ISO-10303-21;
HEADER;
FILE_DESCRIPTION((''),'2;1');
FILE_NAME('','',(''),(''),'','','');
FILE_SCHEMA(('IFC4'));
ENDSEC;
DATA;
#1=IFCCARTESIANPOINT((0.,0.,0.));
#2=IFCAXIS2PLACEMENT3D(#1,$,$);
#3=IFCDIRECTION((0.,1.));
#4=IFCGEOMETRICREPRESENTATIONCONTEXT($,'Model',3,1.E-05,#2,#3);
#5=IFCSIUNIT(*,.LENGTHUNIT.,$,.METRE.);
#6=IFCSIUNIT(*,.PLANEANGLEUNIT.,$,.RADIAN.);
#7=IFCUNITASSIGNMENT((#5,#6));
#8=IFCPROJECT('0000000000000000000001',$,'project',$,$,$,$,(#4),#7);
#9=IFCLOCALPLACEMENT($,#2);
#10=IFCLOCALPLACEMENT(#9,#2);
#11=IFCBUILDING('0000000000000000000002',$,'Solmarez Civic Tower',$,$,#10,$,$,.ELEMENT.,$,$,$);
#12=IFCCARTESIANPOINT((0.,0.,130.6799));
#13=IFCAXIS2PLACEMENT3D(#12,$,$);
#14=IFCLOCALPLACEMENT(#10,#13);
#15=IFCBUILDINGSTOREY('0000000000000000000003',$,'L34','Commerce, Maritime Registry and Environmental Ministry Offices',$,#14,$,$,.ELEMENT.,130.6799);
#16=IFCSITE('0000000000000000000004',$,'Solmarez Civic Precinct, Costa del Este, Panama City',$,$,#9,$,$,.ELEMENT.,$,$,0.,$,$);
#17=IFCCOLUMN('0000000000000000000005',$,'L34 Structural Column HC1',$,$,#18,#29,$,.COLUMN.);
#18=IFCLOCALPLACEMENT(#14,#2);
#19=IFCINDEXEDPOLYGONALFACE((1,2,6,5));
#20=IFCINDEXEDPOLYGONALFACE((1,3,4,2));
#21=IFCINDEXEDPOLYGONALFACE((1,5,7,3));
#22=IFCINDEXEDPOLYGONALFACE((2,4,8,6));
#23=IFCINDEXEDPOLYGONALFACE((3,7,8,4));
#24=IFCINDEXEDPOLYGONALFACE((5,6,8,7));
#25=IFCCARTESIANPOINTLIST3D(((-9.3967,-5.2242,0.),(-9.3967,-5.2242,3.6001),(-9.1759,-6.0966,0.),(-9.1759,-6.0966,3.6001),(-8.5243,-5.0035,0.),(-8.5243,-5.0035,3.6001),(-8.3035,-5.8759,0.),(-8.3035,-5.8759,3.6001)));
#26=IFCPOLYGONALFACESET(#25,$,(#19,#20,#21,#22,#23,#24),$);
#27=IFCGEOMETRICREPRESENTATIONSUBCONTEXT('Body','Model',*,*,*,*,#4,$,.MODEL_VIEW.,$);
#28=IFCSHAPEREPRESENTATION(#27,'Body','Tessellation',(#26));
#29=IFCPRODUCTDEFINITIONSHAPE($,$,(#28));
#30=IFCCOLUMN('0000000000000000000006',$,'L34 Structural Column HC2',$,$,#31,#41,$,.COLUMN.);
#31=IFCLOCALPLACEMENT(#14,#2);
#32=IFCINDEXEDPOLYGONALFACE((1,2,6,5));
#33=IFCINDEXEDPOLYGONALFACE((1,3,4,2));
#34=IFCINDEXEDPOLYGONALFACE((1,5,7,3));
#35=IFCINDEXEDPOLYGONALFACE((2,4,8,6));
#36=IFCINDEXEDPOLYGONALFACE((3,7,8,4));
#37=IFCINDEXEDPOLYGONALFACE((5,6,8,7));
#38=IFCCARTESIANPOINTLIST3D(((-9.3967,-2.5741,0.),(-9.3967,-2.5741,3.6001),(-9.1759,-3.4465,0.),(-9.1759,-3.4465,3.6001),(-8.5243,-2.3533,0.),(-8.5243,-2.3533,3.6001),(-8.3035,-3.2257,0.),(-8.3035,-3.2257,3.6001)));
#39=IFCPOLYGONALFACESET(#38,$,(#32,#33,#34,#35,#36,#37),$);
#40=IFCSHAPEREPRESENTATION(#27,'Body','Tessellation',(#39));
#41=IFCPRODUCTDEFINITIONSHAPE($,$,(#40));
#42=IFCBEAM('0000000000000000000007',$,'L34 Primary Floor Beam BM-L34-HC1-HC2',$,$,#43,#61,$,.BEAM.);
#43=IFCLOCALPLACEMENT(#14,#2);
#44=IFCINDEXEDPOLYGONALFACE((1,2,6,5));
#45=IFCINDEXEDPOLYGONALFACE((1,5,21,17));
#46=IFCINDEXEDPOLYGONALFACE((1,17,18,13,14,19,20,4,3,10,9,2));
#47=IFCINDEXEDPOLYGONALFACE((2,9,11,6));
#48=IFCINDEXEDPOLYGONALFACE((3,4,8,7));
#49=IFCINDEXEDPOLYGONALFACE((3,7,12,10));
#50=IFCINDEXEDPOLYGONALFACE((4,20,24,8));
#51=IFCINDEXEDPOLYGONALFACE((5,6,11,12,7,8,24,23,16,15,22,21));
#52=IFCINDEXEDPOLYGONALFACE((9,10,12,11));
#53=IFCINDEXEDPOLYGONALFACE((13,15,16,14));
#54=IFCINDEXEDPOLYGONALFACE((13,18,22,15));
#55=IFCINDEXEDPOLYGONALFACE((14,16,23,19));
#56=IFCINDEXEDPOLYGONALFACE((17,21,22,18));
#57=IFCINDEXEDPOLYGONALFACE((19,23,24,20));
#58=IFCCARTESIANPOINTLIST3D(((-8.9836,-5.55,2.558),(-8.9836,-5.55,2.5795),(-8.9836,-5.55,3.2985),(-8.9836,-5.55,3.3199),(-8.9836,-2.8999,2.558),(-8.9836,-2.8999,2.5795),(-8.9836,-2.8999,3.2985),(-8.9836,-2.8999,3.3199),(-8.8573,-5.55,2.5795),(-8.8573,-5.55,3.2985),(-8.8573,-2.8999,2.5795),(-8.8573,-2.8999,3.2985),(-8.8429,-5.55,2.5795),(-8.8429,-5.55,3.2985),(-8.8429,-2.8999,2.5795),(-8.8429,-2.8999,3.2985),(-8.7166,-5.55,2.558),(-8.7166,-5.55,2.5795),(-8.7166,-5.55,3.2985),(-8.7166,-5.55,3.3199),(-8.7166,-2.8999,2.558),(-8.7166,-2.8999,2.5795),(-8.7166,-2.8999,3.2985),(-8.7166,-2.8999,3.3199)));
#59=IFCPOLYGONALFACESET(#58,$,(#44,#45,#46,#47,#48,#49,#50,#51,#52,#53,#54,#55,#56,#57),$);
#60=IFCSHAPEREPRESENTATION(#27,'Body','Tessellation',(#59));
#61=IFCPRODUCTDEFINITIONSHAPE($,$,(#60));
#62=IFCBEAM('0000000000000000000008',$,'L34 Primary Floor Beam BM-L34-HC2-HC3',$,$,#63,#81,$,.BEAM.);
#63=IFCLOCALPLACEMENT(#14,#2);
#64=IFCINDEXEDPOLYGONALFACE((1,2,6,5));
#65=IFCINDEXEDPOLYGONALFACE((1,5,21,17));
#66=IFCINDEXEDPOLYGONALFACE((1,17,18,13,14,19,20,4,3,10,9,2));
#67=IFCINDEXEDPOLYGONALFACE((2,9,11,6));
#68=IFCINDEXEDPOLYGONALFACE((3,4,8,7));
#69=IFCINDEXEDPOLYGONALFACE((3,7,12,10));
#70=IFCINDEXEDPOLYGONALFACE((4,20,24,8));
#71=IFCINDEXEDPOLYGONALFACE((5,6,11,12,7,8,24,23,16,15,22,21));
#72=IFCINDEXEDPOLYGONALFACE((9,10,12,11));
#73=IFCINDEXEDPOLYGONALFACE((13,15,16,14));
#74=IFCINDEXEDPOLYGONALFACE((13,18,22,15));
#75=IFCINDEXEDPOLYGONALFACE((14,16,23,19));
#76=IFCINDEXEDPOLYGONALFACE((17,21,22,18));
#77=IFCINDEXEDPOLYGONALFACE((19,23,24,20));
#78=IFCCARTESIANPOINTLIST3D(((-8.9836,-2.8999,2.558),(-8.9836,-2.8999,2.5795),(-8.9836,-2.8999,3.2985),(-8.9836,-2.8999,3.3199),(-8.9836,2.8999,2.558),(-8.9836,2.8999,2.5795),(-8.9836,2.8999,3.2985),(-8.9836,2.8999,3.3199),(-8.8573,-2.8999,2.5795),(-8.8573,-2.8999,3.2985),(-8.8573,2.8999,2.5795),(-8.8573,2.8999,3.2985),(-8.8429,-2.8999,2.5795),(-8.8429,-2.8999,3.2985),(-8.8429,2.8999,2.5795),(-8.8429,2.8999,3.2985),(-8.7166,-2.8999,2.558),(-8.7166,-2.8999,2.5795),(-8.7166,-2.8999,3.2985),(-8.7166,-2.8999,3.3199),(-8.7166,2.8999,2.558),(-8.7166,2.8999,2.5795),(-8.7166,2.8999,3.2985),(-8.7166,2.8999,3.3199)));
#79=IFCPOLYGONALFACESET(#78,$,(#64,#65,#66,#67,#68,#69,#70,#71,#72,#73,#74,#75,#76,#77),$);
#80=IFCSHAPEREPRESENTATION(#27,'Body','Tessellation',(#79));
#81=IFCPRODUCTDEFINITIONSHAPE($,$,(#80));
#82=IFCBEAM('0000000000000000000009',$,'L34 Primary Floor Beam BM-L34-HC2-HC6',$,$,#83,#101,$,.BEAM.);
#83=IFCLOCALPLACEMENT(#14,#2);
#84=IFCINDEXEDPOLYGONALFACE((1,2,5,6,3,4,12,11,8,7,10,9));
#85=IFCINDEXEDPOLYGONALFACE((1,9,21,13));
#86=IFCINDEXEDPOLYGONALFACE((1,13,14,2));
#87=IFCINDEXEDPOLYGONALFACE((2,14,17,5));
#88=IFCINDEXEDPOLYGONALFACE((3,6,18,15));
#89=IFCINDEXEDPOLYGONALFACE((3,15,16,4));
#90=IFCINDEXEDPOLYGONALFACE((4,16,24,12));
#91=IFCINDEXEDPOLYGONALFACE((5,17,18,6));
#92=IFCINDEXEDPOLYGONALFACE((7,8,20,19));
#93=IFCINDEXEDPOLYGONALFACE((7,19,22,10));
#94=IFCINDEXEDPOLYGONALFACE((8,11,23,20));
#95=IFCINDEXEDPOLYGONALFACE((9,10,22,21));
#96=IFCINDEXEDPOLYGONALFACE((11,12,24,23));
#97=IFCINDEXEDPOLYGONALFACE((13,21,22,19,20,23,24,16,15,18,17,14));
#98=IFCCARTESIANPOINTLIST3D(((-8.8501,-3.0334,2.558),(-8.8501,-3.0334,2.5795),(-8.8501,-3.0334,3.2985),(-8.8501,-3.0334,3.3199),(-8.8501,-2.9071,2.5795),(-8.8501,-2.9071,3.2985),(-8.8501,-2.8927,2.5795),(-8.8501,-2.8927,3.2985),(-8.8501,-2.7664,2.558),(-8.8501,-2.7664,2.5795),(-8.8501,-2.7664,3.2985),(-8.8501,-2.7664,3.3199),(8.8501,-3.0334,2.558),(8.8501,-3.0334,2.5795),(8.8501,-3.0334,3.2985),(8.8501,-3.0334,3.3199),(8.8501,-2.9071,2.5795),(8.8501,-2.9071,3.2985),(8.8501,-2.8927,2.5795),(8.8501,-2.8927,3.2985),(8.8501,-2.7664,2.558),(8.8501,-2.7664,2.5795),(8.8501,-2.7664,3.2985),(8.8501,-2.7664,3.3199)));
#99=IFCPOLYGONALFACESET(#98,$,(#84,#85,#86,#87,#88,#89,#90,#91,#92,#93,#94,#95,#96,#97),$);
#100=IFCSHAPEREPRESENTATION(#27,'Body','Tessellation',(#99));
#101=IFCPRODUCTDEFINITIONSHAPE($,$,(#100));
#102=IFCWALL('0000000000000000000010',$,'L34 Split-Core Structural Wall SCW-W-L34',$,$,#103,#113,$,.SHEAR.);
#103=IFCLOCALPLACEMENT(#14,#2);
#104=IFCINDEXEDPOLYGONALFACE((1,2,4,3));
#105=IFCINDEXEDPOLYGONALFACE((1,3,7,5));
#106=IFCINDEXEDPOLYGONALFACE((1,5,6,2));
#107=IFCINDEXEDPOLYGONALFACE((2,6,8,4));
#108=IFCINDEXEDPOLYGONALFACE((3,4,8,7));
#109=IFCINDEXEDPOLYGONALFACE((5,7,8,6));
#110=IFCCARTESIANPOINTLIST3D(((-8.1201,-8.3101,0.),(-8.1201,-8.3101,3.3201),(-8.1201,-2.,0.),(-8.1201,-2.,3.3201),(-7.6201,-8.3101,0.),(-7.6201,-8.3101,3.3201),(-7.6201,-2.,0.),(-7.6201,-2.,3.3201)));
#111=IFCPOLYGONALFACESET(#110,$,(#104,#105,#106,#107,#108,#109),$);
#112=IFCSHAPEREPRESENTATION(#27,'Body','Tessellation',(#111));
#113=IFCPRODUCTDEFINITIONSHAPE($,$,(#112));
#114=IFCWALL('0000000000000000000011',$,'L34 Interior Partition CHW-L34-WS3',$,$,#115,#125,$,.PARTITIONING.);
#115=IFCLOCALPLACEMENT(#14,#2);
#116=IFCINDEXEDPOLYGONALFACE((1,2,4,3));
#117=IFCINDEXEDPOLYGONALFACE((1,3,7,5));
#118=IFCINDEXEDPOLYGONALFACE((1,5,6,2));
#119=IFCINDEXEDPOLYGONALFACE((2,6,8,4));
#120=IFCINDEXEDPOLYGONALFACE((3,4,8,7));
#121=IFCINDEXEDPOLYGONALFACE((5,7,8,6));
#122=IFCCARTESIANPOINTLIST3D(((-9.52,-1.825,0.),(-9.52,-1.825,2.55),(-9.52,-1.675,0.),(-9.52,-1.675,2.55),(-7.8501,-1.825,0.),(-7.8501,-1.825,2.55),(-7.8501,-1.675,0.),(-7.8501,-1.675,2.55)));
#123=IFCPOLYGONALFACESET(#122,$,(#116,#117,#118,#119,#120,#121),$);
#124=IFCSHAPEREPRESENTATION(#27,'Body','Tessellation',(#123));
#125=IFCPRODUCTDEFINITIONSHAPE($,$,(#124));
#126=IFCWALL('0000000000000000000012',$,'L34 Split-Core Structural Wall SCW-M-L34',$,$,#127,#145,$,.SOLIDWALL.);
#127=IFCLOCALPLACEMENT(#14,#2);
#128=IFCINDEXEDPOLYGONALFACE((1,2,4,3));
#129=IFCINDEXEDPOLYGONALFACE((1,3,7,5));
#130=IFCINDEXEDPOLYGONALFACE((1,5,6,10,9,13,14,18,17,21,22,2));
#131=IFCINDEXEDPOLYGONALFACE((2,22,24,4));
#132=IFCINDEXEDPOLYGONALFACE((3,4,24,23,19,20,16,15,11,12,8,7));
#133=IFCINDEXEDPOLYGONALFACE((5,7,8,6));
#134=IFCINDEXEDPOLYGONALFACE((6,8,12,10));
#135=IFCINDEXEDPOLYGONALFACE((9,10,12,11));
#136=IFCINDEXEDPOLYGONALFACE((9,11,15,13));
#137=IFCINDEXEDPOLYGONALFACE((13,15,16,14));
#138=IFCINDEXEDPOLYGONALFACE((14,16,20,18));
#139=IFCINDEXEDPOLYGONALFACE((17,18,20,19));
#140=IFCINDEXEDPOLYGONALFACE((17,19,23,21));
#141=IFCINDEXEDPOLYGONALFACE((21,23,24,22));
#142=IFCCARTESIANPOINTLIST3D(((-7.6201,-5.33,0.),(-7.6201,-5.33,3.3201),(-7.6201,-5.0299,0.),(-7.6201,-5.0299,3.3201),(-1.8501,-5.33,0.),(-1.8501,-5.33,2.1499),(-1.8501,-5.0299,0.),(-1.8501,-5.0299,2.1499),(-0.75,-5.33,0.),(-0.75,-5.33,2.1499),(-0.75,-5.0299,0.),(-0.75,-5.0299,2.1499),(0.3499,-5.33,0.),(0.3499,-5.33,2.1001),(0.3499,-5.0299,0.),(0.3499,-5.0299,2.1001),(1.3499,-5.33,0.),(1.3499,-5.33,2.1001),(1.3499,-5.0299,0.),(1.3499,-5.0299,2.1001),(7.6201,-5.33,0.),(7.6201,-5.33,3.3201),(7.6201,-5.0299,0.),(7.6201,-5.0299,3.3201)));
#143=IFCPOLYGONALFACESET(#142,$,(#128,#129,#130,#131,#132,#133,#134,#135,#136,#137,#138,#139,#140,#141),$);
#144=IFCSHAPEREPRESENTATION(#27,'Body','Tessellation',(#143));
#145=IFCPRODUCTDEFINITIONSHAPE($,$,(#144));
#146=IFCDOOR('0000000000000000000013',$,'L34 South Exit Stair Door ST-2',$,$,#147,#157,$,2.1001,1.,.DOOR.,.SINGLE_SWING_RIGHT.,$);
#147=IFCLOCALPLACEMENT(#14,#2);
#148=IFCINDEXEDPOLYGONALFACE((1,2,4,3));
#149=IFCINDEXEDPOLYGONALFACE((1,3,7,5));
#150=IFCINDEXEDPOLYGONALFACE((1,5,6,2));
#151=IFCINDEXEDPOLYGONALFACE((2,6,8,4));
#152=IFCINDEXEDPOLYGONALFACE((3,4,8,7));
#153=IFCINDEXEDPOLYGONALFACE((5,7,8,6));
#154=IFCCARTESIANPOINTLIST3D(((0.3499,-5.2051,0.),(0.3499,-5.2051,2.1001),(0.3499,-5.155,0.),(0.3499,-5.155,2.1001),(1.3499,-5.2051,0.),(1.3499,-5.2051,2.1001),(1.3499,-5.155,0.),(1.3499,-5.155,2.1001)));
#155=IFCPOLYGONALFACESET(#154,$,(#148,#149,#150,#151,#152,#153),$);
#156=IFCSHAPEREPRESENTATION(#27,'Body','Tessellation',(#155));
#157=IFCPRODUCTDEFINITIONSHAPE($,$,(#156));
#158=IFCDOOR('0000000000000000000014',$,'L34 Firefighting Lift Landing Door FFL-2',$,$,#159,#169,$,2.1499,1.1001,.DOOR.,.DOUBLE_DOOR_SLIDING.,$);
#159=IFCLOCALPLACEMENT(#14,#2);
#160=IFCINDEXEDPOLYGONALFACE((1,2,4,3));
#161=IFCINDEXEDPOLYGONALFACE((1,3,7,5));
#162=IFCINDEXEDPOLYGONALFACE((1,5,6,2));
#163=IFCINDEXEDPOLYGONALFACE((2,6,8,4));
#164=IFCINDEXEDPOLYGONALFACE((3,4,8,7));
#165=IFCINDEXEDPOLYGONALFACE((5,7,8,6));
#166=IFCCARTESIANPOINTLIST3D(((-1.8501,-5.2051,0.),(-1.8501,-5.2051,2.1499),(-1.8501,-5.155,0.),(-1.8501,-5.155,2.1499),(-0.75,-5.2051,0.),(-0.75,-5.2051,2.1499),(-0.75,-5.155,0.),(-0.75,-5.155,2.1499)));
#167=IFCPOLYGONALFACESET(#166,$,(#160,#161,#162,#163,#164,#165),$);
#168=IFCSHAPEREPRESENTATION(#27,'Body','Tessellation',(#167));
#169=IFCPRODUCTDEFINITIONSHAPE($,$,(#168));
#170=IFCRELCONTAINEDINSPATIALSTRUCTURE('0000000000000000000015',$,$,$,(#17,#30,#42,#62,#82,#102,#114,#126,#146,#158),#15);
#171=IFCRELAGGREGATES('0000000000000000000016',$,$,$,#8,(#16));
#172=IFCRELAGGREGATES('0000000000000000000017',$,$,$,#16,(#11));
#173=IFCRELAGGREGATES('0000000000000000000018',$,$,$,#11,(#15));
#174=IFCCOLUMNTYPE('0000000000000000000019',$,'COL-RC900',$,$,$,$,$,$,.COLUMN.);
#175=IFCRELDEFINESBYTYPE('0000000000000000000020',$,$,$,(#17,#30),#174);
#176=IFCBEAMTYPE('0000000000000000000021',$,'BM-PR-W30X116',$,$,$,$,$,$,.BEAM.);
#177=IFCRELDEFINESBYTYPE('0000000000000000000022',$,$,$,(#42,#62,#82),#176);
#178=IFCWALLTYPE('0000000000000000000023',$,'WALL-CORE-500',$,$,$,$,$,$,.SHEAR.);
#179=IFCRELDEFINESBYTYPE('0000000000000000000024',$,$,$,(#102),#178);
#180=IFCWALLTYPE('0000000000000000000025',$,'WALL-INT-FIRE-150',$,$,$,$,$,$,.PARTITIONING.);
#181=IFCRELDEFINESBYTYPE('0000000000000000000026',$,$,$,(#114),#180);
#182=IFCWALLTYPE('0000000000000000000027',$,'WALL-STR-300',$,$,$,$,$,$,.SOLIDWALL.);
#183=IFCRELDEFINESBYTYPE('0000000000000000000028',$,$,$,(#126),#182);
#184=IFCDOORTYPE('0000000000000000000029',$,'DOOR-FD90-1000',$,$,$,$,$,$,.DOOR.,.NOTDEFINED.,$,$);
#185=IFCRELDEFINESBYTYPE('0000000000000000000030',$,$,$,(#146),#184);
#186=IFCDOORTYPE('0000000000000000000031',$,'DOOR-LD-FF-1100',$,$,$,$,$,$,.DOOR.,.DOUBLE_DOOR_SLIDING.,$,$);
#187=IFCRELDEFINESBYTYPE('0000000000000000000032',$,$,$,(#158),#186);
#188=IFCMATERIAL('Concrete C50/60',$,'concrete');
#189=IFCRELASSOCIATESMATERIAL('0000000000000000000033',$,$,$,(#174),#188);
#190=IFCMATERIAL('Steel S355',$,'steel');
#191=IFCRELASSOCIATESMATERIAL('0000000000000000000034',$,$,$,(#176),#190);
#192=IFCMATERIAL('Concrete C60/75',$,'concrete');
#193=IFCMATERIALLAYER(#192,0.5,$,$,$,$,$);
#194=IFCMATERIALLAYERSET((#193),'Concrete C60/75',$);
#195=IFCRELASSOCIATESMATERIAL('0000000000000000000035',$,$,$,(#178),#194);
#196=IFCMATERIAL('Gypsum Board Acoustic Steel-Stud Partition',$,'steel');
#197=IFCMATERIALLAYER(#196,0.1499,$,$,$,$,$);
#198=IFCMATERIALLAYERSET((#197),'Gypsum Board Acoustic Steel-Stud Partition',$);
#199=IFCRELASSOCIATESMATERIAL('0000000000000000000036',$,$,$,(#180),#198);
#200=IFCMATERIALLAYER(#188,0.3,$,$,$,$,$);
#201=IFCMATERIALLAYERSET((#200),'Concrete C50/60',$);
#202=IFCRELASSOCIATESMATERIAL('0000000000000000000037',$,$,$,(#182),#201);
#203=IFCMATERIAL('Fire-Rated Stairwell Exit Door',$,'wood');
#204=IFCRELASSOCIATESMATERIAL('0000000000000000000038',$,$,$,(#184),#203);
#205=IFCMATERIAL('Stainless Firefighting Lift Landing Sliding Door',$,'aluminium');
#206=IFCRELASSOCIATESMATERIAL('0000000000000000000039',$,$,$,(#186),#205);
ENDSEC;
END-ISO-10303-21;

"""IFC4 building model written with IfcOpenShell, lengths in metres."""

from ifc_helpers import new_model, si_unit, direction, frame, frame_2d, origin, origin_2d, place, context, subcontext, project, spatial, rectangle, i_section, extrude, material, layer, layer_set, material_profile, profile_set, type_object, element, fill, save


model = new_model("IFC4")

# Units and contexts
model_context = context("Model", 3, precision=1e-05, world=origin(), true_north=direction((0.0, 1.0)))
body_context = subcontext(model_context, "Body", "Model", "MODEL_VIEW")
ifc_project = project(units=[si_unit("LENGTHUNIT", "METRE"), si_unit("PLANEANGLEUNIT", "RADIAN")], contexts=[model_context])

# Site, building, storey
site_placement = place(None, origin())
site = spatial("IfcSite", under=ifc_project, at=site_placement, Name="Solmarez Civic Precinct, Costa del Este, Panama City", CompositionType="ELEMENT", RefElevation=0.0)
building_placement = place(site_placement, origin())
building = spatial("IfcBuilding", under=site, at=building_placement, Name="Solmarez Civic Tower", CompositionType="ELEMENT")
storey_placement = place(building_placement, frame((0.0, 0.0, 130.6799)))
storey = spatial("IfcBuildingStorey", under=building, at=storey_placement, Name="L34", Description="Commerce, Maritime Registry and Environmental Ministry Offices", CompositionType="ELEMENT", Elevation=130.6799)

# Columns
ifc_material_1 = material(Name="Concrete C50/60", Category="concrete")
ifc_material_profile_1 = material_profile(ifc_material_1, rectangle(XDim=0.8999, YDim=0.8999, at=origin_2d()), Name="RC900X900")
ifc_profile_set_1 = profile_set([ifc_material_profile_1], Name="Concrete C50/60")
column_type = type_object("IfcColumnType", Name="COL-RC900", PredefinedType="COLUMN", material=ifc_profile_set_1)
for number, where, z_axis, x_axis, name in (
    (1, (-8.8501, -5.55, 0.0), (0.0, 0.0, 1.0), (0.969445, 0.245307, 0.0), "L34 Structural Column HC1"),
    (2, (-8.8501, -2.8999, 0.0), (0.0, 0.0, 1.0), (0.969445, 0.245307, 0.0), "L34 Structural Column HC2"),
):
    element("IfcColumn", number, at=place(storey_placement, frame(where, z_axis=z_axis, x_axis=x_axis)), inside=storey, type_object=column_type, Name=name, PredefinedType="COLUMN", context=body_context, shape_type="SweptSolid", body=[
        extrude(rectangle(XDim=0.8999, YDim=0.8999, at=origin_2d()), origin(), (0.0, 0.0, 1.0), 3.6001),
    ])

# Beams
ifc_material_2 = material(Name="Steel S355", Category="steel")
ifc_material_profile_2 = material_profile(ifc_material_2, i_section(OverallWidth=0.2671, OverallDepth=0.762, WebThickness=0.0144, FlangeThickness=0.0215, at=origin_2d()), Name="W30X116")
ifc_profile_set_2 = profile_set([ifc_material_profile_2], Name="Steel S355")
beam_type = type_object("IfcBeamType", Name="BM-PR-W30X116", PredefinedType="BEAM", material=ifc_profile_set_2)
beam_1_placement = place(storey_placement, frame((-8.8501, -5.55, 2.939), z_axis=(0.0, 1.0, 0.0), x_axis=(-1.0, 0.0, 0.0)))
element("IfcBeam", 3, at=beam_1_placement, inside=storey, type_object=beam_type, Name="L34 Primary Floor Beam BM-L34-HC1-HC2", PredefinedType="BEAM", context=body_context, shape_type="SweptSolid", body=[
    extrude(i_section(OverallWidth=0.2671, OverallDepth=0.762, WebThickness=0.0144, FlangeThickness=0.0215, at=origin_2d()), origin(), (0.0, 0.0, 1.0), 2.6501),
])
beam_2_placement = place(storey_placement, frame((-8.8501, -2.8999, 2.939), z_axis=(0.0, 1.0, 0.0), x_axis=(-1.0, 0.0, 0.0)))
element("IfcBeam", 4, at=beam_2_placement, inside=storey, type_object=beam_type, Name="L34 Primary Floor Beam BM-L34-HC2-HC3", PredefinedType="BEAM", context=body_context, shape_type="SweptSolid", body=[
    extrude(i_section(OverallWidth=0.2671, OverallDepth=0.762, WebThickness=0.0144, FlangeThickness=0.0215, at=origin_2d()), origin(), (0.0, 0.0, 1.0), 5.7998),
])
beam_3_placement = place(storey_placement, frame((-8.8501, -2.8999, 2.939), z_axis=(1.0, 0.0, 0.0), x_axis=(0.0, 1.0, 0.0)))
element("IfcBeam", 5, at=beam_3_placement, inside=storey, type_object=beam_type, Name="L34 Primary Floor Beam BM-L34-HC2-HC6", PredefinedType="BEAM", context=body_context, shape_type="SweptSolid", body=[
    extrude(i_section(OverallWidth=0.2671, OverallDepth=0.762, WebThickness=0.0144, FlangeThickness=0.0215, at=origin_2d()), origin(), (0.0, 0.0, 1.0), 17.7002),
])

# Shared definitions
ifc_material_3 = material(Name="Concrete C60/75", Category="concrete")
ifc_layer_1 = layer(ifc_material_3, 0.5)
ifc_layer_set_1 = layer_set([ifc_layer_1], Name="Concrete C60/75")
wall_type_1 = type_object("IfcWallType", Name="WALL-CORE-500", PredefinedType="SHEAR", material=ifc_layer_set_1)

# Walls
wall_1_placement = place(storey_placement, frame((-7.8701, -8.3101, 0.0), z_axis=(0.0, 0.0, 1.0), x_axis=(0.0, 1.0, 0.0)))
element("IfcWall", 6, at=wall_1_placement, inside=storey, type_object=wall_type_1, Name="L34 Split-Core Structural Wall SCW-W-L34", PredefinedType="SHEAR", context=body_context, shape_type="SweptSolid", body=[
    extrude(rectangle(XDim=6.3101, YDim=0.5, at=frame_2d((3.155, 0.0))), origin(), (0.0, 0.0, 1.0), 3.3201),
])
ifc_material_4 = material(Name="Gypsum Board Acoustic Steel-Stud Partition", Category="steel")
ifc_layer_2 = layer(ifc_material_4, 0.1499)
ifc_layer_set_2 = layer_set([ifc_layer_2], Name="Gypsum Board Acoustic Steel-Stud Partition")
wall_type_2 = type_object("IfcWallType", Name="WALL-INT-FIRE-150", PredefinedType="PARTITIONING", material=ifc_layer_set_2)
wall_2_placement = place(storey_placement, frame((-7.8501, -1.75, 0.0), z_axis=(0.0, 0.0, 1.0), x_axis=(-1.0, 0.0, 0.0)))
element("IfcWall", 7, at=wall_2_placement, inside=storey, type_object=wall_type_2, Name="L34 Interior Partition CHW-L34-WS3", PredefinedType="PARTITIONING", context=body_context, shape_type="SweptSolid", body=[
    extrude(rectangle(XDim=1.6699, YDim=0.1499, at=frame_2d((0.835, 0.0))), origin(), (0.0, 0.0, 1.0), 2.55),
])

# Wall, openings, doors
ifc_layer_3 = layer(ifc_material_1, 0.3)
ifc_layer_set_3 = layer_set([ifc_layer_3], Name="Concrete C50/60")
wall_type_3 = type_object("IfcWallType", Name="WALL-STR-300", PredefinedType="SOLIDWALL", material=ifc_layer_set_3)
wall_3_placement = place(storey_placement, frame((-7.6201, -5.1799, 0.0), z_axis=(0.0, 0.0, 1.0), x_axis=(1.0, 0.0, 0.0)))
wall_3 = element("IfcWall", 8, at=wall_3_placement, inside=storey, type_object=wall_type_3, Name="L34 Split-Core Structural Wall SCW-M-L34", PredefinedType="SOLIDWALL", context=body_context, shape_type="SweptSolid", body=[
    extrude(rectangle(XDim=15.2402, YDim=0.3, at=frame_2d((7.6201, 0.0))), origin(), (0.0, 0.0, 1.0), 3.3201),
])
opening_1_placement = place(wall_3_placement, frame((5.77, 0.0, 0.0)))
opening_1 = element("IfcOpeningElement", 9, at=opening_1_placement, cuts=wall_3, PredefinedType="OPENING", context=body_context, shape_type="SweptSolid", body=[
    extrude(rectangle(XDim=1.1001, YDim=2.1499, at=frame_2d((0.55, 1.075))), frame((0.0, 0.1599, 0.0), z_axis=(0.0, -1.0, 0.0), x_axis=(1.0, 0.0, 0.0)), (0.0, 0.0, 1.0), 0.3201),
])
opening_2_placement = place(wall_3_placement, frame((7.97, 0.0, 0.0)))
opening_2 = element("IfcOpeningElement", 10, at=opening_2_placement, cuts=wall_3, PredefinedType="OPENING", context=body_context, shape_type="SweptSolid", body=[
    extrude(rectangle(XDim=1.0, YDim=2.1001, at=frame_2d((0.5, 1.05))), frame((0.0, 0.1599, 0.0), z_axis=(0.0, -1.0, 0.0), x_axis=(1.0, 0.0, 0.0)), (0.0, 0.0, 1.0), 0.3201),
])
ifc_material_5 = material(Name="Fire-Rated Stairwell Exit Door", Category="wood")
door_type_1 = type_object("IfcDoorType", Name="DOOR-FD90-1000", OperationType="NOTDEFINED", PredefinedType="DOOR", material=ifc_material_5)
door_1_placement = place(opening_2_placement, origin())
door_1 = element("IfcDoor", 11, at=door_1_placement, inside=storey, type_object=door_type_1, Name="L34 South Exit Stair Door ST-2", OperationType="SINGLE_SWING_RIGHT", OverallHeight=2.1001, OverallWidth=1.0, PredefinedType="DOOR", context=body_context, shape_type="SweptSolid", body=[
    extrude(rectangle(XDim=1.0, YDim=2.1001, at=frame_2d((0.5, 1.05))), frame((0.0, 0.0249, 0.0), z_axis=(0.0, -1.0, 0.0), x_axis=(1.0, 0.0, 0.0)), (0.0, 0.0, 1.0), 0.05),
])
fill(opening_2, door_1)
ifc_material_6 = material(Name="Stainless Firefighting Lift Landing Sliding Door", Category="aluminium")
door_type_2 = type_object("IfcDoorType", Name="DOOR-LD-FF-1100", OperationType="DOUBLE_DOOR_SLIDING", PredefinedType="DOOR", material=ifc_material_6)
door_2_placement = place(opening_1_placement, origin())
door_2 = element("IfcDoor", 12, at=door_2_placement, inside=storey, type_object=door_type_2, Name="L34 Firefighting Lift Landing Door FFL-2", OperationType="DOUBLE_DOOR_SLIDING", OverallHeight=2.1499, OverallWidth=1.1001, PredefinedType="DOOR", context=body_context, shape_type="SweptSolid", body=[
    extrude(rectangle(XDim=1.1001, YDim=2.1499, at=frame_2d((0.55, 1.075))), frame((0.0, 0.0249, 0.0), z_axis=(0.0, -1.0, 0.0), x_axis=(1.0, 0.0, 0.0)), (0.0, 0.0, 1.0), 0.05),
])
fill(opening_1, door_2)

save(model, "model.ifc")
